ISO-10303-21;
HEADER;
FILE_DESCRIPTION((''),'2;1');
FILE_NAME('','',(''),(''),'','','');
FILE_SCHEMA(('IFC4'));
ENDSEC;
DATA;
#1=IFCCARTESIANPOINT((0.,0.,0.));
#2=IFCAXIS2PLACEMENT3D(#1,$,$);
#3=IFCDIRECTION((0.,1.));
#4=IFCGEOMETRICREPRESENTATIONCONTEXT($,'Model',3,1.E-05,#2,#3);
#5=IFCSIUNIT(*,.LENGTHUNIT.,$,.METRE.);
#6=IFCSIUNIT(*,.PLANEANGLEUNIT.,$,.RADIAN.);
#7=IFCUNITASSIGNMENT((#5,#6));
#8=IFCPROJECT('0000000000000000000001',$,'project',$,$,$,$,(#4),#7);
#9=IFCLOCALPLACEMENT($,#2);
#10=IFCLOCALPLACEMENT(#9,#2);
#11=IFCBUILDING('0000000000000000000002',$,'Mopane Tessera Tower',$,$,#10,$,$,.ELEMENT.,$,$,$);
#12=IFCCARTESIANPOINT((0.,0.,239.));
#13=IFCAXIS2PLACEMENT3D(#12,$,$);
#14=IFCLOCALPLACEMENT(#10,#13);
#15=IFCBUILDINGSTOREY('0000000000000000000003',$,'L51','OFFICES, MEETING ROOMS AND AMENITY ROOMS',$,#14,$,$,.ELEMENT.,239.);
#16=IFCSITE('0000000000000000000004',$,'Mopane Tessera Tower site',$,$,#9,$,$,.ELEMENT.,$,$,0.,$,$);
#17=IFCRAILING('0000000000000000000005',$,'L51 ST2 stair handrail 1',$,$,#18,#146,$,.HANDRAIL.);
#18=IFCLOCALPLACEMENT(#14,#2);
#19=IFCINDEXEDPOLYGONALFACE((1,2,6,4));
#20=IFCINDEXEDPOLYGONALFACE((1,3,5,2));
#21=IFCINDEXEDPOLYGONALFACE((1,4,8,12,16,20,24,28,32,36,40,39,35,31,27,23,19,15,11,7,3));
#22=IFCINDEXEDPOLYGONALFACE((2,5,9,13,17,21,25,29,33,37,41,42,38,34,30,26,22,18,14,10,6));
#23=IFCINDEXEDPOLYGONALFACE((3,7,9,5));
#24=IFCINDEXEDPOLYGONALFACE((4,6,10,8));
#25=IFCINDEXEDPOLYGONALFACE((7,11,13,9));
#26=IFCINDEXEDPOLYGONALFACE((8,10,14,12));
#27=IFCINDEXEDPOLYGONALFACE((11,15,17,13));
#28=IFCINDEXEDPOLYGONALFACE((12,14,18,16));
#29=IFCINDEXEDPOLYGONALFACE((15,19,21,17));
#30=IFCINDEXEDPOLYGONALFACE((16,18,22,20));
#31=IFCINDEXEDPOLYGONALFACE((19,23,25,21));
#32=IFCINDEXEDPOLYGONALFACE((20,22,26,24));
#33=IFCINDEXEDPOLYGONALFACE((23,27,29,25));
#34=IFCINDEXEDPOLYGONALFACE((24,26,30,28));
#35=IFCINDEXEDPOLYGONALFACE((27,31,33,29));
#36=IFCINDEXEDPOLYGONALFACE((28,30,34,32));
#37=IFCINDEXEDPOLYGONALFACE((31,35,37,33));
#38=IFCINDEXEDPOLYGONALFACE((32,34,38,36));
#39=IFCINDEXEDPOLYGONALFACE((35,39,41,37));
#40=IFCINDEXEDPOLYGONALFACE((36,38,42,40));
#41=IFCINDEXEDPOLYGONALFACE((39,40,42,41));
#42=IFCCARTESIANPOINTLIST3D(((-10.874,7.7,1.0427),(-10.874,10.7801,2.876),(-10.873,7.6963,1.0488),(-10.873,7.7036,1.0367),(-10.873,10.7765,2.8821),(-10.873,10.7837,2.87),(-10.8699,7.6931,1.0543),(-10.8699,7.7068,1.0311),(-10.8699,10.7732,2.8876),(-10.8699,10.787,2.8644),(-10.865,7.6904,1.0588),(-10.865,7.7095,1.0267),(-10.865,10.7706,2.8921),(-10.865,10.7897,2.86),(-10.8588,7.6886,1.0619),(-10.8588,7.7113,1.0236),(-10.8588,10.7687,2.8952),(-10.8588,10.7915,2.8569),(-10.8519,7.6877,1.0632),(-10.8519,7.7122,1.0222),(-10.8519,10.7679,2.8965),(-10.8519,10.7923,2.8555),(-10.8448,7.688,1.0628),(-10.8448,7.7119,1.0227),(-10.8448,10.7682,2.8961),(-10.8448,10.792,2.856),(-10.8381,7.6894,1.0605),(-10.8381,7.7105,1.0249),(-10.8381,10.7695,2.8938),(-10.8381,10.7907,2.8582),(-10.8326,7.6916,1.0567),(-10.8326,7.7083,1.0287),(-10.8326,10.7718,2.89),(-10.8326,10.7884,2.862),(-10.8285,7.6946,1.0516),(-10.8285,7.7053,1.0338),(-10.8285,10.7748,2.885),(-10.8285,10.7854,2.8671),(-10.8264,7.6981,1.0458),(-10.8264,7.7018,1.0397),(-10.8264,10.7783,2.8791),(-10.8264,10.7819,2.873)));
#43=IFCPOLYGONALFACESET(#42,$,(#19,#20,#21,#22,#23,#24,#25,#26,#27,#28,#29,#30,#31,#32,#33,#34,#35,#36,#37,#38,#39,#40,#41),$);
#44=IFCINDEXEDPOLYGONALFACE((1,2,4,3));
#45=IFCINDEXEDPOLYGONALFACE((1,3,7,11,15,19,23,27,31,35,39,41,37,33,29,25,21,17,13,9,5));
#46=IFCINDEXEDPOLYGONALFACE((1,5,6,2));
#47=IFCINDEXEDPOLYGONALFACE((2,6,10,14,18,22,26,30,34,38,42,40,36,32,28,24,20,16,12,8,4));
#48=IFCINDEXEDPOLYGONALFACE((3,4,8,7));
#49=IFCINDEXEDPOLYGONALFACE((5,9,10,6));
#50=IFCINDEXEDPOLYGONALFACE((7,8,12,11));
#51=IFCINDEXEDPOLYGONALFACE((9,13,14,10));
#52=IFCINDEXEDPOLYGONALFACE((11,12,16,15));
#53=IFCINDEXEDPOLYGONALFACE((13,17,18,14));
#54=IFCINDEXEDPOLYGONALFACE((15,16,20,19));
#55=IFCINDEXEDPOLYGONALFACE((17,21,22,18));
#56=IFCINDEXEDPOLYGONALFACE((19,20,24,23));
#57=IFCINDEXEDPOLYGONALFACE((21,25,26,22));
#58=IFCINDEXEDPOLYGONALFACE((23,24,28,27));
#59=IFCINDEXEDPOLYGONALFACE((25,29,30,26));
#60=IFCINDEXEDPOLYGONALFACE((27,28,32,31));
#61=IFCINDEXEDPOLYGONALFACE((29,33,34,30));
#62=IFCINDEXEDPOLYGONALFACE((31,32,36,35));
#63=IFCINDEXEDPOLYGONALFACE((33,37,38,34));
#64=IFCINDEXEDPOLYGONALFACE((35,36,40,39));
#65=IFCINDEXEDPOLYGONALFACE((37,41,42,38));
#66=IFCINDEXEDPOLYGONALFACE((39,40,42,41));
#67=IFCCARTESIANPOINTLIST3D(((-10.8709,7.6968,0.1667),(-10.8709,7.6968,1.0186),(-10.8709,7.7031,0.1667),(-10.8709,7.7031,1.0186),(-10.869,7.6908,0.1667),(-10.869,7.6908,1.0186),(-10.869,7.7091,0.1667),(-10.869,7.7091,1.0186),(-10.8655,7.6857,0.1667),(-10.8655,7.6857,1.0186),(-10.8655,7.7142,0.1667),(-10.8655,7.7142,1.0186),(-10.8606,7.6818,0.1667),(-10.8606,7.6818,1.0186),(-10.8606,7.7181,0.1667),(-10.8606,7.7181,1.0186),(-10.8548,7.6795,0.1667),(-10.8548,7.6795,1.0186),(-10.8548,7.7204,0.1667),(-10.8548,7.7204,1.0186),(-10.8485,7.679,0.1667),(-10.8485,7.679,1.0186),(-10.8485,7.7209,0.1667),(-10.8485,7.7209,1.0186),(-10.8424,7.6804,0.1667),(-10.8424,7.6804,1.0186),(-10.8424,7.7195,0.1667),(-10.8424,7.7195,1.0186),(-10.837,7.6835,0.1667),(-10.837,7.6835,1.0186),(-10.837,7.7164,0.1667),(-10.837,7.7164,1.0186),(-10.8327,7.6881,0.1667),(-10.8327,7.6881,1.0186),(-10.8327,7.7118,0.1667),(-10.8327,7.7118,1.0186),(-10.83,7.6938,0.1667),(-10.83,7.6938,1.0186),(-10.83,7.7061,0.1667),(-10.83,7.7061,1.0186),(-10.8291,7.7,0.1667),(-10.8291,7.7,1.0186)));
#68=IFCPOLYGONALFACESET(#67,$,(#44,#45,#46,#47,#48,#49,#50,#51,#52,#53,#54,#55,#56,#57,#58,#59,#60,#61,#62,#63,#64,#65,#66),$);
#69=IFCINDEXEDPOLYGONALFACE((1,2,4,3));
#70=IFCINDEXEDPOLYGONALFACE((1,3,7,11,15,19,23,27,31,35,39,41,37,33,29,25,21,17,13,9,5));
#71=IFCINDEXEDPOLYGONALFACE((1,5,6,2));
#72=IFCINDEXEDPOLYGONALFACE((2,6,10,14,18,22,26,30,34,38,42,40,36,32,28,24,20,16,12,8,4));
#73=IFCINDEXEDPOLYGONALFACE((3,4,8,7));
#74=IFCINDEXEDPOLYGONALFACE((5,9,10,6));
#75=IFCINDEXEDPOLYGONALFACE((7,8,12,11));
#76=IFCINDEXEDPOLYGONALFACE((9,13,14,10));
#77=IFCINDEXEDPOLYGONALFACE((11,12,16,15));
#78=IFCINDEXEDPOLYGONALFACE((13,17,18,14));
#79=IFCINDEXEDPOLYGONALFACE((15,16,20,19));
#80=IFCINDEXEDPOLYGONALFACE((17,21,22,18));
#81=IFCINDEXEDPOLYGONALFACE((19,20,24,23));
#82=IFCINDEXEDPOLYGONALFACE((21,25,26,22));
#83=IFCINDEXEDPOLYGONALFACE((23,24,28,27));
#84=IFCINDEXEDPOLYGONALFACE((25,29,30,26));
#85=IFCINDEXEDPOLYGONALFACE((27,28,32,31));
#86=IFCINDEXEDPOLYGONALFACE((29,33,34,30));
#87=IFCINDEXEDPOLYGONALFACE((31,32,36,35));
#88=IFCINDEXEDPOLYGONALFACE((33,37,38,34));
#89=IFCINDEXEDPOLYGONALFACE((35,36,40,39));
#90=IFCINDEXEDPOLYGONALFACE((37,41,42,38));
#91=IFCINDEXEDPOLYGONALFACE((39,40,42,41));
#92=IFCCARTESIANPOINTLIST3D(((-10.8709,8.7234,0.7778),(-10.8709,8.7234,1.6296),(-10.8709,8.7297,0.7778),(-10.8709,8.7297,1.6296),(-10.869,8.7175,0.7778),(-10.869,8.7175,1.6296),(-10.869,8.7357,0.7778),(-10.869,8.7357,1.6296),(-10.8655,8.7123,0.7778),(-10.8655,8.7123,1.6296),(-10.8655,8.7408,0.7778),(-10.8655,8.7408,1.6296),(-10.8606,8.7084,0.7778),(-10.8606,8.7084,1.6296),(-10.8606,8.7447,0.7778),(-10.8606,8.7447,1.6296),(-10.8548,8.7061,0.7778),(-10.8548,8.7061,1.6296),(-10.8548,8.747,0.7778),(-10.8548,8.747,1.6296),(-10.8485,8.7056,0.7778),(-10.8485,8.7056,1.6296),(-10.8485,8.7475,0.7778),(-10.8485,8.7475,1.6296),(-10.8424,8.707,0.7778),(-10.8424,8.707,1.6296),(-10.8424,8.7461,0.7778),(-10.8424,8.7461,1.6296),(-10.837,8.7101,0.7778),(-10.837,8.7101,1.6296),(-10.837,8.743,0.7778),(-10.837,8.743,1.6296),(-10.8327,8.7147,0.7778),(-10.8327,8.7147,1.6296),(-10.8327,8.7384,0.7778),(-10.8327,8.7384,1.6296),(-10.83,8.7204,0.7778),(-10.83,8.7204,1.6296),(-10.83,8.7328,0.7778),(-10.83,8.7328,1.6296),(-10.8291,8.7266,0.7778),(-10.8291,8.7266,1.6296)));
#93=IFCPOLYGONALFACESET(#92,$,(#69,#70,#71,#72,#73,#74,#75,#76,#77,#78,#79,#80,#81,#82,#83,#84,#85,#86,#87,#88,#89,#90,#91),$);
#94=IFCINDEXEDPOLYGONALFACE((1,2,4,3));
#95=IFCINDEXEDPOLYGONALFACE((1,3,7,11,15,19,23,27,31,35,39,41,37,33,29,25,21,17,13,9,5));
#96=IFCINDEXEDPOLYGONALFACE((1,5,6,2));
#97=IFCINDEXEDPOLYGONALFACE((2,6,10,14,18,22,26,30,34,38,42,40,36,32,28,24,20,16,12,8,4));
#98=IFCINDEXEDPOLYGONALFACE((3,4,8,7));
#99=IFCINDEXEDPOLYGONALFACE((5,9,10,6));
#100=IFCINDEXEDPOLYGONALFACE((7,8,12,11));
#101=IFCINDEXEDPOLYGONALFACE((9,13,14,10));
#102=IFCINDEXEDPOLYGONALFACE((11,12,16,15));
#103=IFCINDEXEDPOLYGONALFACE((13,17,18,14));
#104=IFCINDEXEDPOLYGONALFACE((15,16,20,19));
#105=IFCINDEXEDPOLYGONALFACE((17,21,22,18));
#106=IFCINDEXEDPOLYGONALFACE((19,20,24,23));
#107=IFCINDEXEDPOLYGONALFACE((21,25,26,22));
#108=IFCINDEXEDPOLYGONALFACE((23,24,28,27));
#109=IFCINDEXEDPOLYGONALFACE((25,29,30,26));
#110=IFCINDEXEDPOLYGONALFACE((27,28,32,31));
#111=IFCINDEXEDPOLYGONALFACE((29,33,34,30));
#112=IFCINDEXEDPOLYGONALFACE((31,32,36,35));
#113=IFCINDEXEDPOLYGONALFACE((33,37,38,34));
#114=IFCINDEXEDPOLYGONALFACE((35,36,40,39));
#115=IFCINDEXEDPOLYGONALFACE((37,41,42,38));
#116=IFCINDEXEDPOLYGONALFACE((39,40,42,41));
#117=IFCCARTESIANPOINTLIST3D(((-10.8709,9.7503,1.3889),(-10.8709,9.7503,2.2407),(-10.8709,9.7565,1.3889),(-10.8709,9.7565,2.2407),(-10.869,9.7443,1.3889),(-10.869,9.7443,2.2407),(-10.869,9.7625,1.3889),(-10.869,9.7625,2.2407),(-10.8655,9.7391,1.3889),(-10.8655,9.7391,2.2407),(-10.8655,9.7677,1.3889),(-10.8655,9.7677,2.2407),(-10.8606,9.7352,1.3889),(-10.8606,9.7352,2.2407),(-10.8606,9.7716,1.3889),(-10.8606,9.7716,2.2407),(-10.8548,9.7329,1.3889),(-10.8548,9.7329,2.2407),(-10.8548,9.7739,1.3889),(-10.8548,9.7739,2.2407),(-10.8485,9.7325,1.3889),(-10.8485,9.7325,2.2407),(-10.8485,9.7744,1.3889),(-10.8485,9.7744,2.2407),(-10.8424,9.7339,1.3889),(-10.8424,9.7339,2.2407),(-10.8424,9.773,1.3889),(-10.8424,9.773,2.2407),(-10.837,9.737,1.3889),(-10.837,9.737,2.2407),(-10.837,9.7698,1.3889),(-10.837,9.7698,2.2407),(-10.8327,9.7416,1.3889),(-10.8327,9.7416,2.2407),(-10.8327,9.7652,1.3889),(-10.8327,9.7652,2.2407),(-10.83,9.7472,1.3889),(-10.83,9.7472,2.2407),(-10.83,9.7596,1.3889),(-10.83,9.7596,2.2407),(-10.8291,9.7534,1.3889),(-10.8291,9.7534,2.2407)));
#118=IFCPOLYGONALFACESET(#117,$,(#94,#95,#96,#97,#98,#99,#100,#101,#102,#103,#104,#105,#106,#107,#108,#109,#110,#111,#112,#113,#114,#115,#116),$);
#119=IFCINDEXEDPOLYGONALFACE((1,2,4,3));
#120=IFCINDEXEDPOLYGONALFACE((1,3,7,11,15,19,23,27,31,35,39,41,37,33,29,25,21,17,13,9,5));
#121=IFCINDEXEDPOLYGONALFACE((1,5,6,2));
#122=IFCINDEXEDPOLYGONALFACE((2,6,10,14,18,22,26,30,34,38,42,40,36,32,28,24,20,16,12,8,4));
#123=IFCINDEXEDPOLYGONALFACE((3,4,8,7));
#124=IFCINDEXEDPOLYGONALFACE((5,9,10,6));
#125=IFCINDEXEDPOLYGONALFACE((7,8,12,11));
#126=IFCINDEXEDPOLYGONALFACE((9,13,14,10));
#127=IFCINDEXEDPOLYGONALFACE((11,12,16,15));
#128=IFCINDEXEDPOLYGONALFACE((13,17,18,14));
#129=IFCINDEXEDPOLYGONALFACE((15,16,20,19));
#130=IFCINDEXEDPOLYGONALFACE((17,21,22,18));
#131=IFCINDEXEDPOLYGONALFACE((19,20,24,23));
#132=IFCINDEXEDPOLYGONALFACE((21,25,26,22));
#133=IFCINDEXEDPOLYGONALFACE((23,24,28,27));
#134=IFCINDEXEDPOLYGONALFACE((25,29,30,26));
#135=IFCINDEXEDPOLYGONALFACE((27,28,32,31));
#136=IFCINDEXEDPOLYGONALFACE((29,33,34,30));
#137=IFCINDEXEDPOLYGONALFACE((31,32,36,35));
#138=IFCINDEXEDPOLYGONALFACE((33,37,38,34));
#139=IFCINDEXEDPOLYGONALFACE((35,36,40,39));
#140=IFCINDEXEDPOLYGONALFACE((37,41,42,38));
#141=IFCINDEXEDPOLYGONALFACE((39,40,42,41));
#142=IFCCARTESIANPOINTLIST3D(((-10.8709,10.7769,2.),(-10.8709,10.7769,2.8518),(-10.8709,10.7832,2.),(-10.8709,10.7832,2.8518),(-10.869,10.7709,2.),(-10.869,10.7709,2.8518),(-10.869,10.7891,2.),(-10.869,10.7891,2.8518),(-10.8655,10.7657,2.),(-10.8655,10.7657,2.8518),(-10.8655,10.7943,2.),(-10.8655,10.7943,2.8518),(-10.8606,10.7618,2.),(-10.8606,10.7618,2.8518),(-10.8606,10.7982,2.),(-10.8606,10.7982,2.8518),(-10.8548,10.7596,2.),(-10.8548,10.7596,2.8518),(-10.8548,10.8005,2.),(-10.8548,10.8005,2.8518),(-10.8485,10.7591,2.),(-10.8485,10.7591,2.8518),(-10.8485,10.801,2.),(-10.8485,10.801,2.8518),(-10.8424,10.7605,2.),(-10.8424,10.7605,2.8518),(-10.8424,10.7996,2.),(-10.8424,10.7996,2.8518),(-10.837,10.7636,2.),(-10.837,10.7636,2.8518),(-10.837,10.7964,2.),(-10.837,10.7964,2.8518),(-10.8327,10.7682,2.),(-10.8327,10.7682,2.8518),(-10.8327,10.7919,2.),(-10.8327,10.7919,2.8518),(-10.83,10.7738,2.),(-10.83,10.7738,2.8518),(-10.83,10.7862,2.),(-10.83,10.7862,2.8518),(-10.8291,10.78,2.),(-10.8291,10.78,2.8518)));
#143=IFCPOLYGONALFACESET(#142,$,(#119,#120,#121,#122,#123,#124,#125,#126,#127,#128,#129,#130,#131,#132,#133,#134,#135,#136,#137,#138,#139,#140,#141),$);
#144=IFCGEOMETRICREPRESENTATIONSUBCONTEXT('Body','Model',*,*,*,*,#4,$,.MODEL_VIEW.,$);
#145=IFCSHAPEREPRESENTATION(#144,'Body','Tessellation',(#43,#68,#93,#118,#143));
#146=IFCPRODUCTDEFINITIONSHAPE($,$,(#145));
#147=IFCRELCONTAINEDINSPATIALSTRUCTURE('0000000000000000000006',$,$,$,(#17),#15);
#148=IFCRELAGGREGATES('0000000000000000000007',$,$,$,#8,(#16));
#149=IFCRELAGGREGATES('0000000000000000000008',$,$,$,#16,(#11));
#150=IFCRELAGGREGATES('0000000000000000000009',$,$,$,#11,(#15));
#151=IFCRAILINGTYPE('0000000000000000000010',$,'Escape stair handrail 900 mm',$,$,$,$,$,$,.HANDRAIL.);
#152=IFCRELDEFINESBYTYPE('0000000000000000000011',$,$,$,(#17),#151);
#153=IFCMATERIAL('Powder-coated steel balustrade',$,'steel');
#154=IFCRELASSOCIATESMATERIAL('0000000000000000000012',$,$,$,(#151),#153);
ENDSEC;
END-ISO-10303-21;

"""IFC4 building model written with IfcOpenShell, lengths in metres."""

from ifc_helpers import new_model, si_unit, direction, frame, origin, origin_2d, place, context, subcontext, project, spatial, circle, extrude, material, type_object, element, save


model = new_model("IFC4")

# Units and contexts
model_context = context("Model", 3, precision=1e-05, world=origin(), true_north=direction((0.0, 1.0)))
body_context = subcontext(model_context, "Body", "Model", "MODEL_VIEW")
ifc_project = project(units=[si_unit("LENGTHUNIT", "METRE"), si_unit("PLANEANGLEUNIT", "RADIAN")], contexts=[model_context])

# Site, building, storey
site_placement = place(None, origin())
site = spatial("IfcSite", under=ifc_project, at=site_placement, Name="Mopane Tessera Tower site", CompositionType="ELEMENT", RefElevation=0.0)
building_placement = place(site_placement, origin())
building = spatial("IfcBuilding", under=site, at=building_placement, Name="Mopane Tessera Tower", CompositionType="ELEMENT")
storey_placement = place(building_placement, frame((0.0, 0.0, 239.0)))
storey = spatial("IfcBuildingStorey", under=building, at=storey_placement, Name="L51", Description="OFFICES, MEETING ROOMS AND AMENITY ROOMS", CompositionType="ELEMENT", Elevation=239.0)

# Railing
ifc_material_1 = material(Name="Powder-coated steel balustrade", Category="steel")
railing_type_1 = type_object("IfcRailingType", Name="Escape stair handrail 900 mm", PredefinedType="HANDRAIL", material=ifc_material_1)
railing_1_placement = place(storey_placement, frame((-10.8501, 7.7, 0.1667)))
element("IfcRailing", 1, at=railing_1_placement, inside=storey, type_object=railing_type_1, Name="L51 ST2 stair handrail 1", PredefinedType="HANDRAIL", context=body_context, shape_type="SweptSolid", body=[
    extrude(circle(Radius=0.0239, at=origin_2d()), frame((0.0, 0.0, 0.876), z_axis=(0.0, 0.859309, 0.511458), x_axis=(-1.0, 0.0, 0.0)), (0.0, 0.0, 1.0), 3.5845),
    extrude(circle(Radius=0.021, at=origin_2d()), origin(), (0.0, 0.0, 1.0), 0.8518),
    extrude(circle(Radius=0.021, at=origin_2d()), frame((0.0, 1.0266, 0.6111)), (0.0, 0.0, 1.0), 0.8518),
    extrude(circle(Radius=0.021, at=origin_2d()), frame((0.0, 2.0535, 1.2222)), (0.0, 0.0, 1.0), 0.8518),
    extrude(circle(Radius=0.021, at=origin_2d()), frame((0.0, 3.0801, 1.8333)), (0.0, 0.0, 1.0), 0.8518),
])

save(model, "model.ifc")
